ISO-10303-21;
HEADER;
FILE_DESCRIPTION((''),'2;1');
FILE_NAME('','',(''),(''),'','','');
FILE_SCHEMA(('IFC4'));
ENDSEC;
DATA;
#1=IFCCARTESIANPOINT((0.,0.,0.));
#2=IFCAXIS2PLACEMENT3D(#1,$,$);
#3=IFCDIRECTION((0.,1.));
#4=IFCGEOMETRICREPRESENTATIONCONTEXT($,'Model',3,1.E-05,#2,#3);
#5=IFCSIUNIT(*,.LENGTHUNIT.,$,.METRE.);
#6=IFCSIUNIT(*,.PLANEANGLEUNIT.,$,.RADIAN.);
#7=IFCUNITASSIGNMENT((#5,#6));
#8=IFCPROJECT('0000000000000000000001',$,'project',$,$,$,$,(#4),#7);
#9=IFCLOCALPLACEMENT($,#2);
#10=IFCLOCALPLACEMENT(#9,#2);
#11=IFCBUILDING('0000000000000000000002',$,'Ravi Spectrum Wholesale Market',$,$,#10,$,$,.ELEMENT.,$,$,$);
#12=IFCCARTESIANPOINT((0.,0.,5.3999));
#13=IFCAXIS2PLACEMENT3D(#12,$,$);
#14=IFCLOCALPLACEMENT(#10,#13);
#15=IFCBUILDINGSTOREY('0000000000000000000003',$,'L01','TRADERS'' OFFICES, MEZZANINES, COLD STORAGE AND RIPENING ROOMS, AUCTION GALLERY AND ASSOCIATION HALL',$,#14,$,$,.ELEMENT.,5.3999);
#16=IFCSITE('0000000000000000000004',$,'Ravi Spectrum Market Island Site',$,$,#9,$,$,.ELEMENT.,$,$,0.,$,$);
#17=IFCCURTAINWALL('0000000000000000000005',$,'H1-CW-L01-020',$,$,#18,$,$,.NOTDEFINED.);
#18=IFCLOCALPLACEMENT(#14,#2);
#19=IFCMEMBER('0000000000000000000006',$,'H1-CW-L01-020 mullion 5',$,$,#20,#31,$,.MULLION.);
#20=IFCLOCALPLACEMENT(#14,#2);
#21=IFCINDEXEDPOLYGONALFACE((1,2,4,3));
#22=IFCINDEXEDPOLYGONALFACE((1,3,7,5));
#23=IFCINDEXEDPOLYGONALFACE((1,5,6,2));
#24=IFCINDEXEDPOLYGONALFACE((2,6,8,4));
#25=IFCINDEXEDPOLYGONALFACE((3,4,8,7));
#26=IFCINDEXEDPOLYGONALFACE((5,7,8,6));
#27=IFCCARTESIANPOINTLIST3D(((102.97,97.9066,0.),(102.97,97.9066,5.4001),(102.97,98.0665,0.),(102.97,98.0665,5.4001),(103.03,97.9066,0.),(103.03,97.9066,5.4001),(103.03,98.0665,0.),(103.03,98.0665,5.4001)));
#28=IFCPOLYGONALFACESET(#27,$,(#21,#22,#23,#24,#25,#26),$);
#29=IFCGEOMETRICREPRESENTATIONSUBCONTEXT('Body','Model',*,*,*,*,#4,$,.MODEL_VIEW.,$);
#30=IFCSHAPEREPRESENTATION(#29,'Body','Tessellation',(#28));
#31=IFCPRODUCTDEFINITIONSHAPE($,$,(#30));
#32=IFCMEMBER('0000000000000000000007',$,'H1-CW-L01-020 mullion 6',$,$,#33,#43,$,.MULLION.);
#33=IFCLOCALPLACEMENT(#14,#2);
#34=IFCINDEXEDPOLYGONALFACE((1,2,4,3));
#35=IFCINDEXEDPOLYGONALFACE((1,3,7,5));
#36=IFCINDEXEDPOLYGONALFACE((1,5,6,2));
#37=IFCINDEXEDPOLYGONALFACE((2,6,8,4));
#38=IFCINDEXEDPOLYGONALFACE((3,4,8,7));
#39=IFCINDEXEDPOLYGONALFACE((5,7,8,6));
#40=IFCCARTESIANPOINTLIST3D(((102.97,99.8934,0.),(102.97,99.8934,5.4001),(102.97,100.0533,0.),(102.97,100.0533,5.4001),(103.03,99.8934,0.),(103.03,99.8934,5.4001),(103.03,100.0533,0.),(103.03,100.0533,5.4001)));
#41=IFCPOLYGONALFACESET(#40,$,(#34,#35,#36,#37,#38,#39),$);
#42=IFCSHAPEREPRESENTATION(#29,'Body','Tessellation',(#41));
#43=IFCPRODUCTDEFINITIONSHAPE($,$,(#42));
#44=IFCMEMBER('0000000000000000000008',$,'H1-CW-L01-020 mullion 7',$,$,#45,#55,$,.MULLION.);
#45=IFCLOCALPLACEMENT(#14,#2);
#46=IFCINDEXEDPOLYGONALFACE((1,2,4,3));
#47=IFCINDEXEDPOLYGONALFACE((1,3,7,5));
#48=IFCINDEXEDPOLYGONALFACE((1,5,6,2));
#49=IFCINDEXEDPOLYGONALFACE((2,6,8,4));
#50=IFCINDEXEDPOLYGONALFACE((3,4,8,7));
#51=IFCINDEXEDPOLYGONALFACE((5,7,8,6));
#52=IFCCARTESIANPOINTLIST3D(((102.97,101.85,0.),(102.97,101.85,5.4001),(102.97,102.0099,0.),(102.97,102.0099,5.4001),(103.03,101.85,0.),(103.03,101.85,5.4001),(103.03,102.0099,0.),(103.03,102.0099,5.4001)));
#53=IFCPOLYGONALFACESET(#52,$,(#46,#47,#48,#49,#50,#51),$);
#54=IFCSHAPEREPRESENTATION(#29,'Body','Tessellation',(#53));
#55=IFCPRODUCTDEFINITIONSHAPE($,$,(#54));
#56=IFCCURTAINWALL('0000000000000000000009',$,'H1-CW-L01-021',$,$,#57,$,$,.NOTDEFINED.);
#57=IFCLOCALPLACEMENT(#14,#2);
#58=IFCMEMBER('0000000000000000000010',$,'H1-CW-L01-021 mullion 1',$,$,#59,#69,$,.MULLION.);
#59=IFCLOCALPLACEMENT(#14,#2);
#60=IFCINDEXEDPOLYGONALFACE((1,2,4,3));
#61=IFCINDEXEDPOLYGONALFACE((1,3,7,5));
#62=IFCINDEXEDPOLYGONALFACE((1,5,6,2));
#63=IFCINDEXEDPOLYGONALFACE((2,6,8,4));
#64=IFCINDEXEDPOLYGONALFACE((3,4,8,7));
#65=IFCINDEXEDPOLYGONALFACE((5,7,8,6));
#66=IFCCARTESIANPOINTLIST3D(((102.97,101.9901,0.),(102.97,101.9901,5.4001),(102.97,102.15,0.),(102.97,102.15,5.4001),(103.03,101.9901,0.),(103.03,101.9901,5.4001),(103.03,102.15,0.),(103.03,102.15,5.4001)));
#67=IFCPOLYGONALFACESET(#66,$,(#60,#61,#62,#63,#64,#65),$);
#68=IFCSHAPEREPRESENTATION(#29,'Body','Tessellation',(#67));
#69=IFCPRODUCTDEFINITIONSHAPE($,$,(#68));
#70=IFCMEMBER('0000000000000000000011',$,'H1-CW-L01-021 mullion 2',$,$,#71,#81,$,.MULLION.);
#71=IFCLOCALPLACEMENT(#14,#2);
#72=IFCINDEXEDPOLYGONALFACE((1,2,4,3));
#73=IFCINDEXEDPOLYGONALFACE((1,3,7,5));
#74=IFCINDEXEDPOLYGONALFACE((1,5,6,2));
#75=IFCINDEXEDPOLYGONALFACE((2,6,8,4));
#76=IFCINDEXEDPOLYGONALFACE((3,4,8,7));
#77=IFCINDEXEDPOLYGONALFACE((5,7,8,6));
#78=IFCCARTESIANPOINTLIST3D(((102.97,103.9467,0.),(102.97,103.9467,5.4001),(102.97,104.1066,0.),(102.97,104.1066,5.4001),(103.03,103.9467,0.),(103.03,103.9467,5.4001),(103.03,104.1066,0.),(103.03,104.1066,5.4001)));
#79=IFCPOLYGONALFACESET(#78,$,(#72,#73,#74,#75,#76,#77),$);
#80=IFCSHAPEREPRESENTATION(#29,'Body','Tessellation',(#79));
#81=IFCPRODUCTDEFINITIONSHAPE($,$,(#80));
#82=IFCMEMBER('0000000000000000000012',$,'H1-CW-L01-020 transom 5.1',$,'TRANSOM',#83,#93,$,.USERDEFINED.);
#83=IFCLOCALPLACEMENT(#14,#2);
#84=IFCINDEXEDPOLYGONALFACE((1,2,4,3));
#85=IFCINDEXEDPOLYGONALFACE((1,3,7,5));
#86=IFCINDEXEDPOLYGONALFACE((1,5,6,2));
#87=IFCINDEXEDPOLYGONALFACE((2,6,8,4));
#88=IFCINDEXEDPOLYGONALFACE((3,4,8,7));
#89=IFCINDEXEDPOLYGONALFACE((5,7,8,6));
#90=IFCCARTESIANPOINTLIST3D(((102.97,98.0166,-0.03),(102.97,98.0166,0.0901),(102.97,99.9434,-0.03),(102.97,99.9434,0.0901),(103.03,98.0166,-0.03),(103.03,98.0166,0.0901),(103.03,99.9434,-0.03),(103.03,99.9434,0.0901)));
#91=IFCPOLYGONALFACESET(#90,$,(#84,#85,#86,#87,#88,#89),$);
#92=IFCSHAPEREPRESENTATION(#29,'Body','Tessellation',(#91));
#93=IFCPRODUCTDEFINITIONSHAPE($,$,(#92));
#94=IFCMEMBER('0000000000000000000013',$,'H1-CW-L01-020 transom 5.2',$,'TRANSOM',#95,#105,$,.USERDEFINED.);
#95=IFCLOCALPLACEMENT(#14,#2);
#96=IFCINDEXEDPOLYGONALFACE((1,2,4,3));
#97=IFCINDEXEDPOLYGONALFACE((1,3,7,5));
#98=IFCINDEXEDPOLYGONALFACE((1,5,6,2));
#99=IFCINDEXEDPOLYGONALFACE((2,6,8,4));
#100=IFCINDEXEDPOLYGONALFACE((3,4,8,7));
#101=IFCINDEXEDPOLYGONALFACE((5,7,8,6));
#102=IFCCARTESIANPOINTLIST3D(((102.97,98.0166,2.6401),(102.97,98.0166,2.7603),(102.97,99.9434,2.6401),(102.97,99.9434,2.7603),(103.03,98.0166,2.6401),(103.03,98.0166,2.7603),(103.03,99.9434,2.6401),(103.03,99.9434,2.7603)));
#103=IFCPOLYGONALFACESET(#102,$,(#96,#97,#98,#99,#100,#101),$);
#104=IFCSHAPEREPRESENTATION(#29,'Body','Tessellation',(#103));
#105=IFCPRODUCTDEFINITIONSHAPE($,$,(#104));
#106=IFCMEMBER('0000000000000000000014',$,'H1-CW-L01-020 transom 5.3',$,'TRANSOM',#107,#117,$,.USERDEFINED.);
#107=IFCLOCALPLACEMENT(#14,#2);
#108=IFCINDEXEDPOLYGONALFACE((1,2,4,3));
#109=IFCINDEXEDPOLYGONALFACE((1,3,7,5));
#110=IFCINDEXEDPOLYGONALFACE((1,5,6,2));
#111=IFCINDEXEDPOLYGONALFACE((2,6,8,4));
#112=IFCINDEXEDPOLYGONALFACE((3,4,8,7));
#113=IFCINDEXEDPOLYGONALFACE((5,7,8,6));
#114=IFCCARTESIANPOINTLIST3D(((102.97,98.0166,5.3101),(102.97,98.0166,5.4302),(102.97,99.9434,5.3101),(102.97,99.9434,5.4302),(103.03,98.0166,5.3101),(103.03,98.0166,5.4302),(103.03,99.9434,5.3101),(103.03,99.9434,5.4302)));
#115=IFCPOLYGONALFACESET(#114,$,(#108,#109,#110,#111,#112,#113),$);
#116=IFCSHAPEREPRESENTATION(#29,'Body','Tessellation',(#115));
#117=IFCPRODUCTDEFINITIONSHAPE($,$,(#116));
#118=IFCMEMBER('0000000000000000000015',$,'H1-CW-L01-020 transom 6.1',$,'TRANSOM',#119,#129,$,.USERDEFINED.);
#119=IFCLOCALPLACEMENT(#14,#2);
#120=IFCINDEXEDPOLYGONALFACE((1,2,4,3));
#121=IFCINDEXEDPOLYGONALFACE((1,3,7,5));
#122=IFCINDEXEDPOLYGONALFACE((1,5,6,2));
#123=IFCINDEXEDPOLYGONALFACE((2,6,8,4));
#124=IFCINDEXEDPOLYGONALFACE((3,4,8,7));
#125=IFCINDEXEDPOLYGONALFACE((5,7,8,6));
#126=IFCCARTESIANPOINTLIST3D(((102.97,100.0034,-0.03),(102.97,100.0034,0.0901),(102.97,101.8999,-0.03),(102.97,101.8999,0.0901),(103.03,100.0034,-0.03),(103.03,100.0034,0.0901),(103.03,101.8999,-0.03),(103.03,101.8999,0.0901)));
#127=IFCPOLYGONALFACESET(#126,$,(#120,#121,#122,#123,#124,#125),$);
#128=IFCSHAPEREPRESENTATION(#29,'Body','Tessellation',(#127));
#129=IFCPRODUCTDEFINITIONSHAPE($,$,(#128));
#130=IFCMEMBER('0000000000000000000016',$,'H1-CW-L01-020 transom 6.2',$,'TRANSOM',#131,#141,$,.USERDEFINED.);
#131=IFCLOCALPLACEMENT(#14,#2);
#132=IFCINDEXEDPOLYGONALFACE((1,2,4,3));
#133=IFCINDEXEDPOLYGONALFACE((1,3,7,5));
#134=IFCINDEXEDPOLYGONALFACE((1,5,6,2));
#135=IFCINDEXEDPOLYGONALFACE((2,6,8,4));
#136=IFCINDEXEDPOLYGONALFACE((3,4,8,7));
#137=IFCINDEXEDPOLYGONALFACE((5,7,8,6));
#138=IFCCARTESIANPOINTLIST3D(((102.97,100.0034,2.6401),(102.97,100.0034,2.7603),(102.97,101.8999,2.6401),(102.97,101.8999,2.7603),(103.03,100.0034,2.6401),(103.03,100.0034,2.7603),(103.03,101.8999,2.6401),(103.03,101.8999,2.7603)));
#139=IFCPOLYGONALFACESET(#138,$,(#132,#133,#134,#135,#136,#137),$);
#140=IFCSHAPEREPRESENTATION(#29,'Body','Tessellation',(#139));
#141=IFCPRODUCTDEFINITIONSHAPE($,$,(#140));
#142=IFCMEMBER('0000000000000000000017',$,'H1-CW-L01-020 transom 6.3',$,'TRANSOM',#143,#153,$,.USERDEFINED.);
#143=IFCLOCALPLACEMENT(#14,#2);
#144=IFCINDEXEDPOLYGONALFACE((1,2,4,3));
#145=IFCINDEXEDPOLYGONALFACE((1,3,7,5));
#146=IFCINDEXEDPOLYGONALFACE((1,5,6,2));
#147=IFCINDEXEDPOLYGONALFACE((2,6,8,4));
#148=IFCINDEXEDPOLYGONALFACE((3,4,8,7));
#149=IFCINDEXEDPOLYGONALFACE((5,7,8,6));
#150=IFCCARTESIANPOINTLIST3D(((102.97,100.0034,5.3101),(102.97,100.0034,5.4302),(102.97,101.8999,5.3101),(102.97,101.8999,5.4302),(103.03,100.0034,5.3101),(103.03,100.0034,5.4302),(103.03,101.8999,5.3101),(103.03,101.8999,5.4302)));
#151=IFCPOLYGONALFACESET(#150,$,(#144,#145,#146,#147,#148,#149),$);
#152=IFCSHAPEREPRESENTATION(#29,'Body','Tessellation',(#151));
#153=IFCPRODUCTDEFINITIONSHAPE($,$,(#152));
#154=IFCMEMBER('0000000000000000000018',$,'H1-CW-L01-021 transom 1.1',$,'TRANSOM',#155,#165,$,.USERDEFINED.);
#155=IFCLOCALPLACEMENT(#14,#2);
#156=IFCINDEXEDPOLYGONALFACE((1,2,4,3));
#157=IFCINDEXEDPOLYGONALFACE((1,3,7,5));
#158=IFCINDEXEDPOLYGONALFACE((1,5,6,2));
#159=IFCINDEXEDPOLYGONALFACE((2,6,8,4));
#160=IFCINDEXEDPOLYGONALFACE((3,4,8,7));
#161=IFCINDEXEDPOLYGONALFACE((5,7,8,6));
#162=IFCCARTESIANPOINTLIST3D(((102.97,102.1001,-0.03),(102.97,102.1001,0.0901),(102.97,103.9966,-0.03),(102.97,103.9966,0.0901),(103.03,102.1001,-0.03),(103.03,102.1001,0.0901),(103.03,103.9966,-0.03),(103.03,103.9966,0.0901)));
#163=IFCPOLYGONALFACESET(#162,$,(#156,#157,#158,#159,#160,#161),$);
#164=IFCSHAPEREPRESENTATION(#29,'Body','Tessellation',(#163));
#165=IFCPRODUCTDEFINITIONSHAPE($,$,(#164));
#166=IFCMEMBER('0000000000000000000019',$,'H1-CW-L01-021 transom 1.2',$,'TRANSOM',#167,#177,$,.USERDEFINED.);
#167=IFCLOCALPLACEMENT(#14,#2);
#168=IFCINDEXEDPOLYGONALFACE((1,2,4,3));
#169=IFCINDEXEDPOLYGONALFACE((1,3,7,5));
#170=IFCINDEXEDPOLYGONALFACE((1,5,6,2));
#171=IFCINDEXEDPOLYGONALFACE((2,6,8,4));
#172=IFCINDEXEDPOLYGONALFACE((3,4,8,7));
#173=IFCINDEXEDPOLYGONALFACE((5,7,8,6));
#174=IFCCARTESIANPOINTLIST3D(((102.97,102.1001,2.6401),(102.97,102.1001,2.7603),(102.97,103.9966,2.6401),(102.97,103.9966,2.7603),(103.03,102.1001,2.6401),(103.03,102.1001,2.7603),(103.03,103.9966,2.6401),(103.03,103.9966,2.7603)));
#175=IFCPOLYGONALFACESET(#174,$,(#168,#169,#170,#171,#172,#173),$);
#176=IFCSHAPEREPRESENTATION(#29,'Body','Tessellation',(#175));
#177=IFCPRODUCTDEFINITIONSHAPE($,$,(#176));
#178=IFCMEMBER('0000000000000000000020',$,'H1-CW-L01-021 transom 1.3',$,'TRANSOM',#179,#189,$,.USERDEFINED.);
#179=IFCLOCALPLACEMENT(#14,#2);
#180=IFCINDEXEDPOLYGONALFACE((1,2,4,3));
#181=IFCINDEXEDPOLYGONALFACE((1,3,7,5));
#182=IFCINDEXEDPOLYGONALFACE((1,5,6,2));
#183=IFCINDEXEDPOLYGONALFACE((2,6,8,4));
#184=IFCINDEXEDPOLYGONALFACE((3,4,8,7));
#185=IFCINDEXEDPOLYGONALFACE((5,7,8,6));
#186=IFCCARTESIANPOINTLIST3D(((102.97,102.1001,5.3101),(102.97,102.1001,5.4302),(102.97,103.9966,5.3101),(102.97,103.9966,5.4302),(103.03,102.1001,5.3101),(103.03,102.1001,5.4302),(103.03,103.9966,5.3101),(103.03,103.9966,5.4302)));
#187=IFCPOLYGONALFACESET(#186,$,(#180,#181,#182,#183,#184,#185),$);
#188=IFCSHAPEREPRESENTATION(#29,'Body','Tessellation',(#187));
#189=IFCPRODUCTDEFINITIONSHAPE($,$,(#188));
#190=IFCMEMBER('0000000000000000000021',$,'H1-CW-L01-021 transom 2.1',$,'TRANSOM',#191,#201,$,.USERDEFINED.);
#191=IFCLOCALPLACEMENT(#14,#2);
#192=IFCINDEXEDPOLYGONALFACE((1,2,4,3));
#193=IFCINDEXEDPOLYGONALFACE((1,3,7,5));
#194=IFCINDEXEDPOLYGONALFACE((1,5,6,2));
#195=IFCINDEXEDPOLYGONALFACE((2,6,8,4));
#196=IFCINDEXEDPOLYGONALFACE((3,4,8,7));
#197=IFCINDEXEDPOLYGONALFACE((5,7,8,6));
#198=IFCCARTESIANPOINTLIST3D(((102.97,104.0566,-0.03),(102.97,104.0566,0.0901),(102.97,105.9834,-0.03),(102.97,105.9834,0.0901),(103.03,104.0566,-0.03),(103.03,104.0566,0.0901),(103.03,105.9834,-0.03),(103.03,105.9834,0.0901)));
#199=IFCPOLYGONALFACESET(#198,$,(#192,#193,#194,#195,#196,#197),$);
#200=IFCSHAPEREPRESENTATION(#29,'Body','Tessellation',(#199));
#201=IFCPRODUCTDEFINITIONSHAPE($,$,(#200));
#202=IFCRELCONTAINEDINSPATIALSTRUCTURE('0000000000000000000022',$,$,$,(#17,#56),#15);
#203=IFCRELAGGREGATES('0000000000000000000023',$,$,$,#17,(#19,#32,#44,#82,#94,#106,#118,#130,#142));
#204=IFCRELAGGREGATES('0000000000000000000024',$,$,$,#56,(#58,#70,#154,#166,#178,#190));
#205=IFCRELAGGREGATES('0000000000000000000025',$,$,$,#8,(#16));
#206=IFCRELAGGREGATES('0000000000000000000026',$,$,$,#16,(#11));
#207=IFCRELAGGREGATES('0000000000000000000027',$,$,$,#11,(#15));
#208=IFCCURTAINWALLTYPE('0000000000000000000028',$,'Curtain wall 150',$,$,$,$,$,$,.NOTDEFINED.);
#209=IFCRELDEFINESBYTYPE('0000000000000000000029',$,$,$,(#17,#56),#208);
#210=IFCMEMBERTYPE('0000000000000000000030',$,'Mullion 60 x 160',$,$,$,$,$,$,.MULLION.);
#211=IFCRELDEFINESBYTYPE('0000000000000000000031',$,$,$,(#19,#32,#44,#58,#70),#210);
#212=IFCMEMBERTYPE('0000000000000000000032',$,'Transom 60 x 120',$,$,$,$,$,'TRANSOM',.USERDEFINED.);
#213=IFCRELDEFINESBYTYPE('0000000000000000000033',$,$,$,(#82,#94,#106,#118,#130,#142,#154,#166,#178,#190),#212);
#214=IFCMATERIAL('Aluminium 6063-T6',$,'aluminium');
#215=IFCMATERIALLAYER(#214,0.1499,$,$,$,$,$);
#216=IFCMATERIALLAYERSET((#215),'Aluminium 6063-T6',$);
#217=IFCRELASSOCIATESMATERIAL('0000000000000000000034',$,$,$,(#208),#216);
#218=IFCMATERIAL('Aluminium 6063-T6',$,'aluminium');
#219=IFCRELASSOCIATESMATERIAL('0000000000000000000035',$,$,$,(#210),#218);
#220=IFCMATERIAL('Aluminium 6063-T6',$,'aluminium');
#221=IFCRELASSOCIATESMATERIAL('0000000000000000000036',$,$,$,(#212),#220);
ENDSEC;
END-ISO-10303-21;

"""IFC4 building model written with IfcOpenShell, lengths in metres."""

from ifc_helpers import new_model, si_unit, direction, frame, origin, origin_2d, place, context, subcontext, project, spatial, rectangle, extrude, material, layer, layer_set, material_profile, profile_set, type_object, element, aggregate, save


model = new_model("IFC4")

# Units and contexts
model_context = context("Model", 3, precision=1e-05, world=origin(), true_north=direction((0.0, 1.0)))
body_context = subcontext(model_context, "Body", "Model", "MODEL_VIEW")
ifc_project = project(units=[si_unit("LENGTHUNIT", "METRE"), si_unit("PLANEANGLEUNIT", "RADIAN")], contexts=[model_context])

# Site, building, storey
site_placement = place(None, origin())
site = spatial("IfcSite", under=ifc_project, at=site_placement, Name="Ravi Spectrum Market Island Site", CompositionType="ELEMENT", RefElevation=0.0)
building_placement = place(site_placement, origin())
building = spatial("IfcBuilding", under=site, at=building_placement, Name="Ravi Spectrum Wholesale Market", CompositionType="ELEMENT")
storey_placement = place(building_placement, frame((0.0, 0.0, 5.3999)))
storey = spatial("IfcBuildingStorey", under=building, at=storey_placement, Name="L01", Description="TRADERS' OFFICES, MEZZANINES, COLD STORAGE AND RIPENING ROOMS, AUCTION GALLERY AND ASSOCIATION HALL", CompositionType="ELEMENT", Elevation=5.3999)

# Curtain walls, members
ifc_material_1 = material(Name="Aluminium 6063-T6", Category="aluminium")
ifc_layer_1 = layer(ifc_material_1, 0.1499)
ifc_layer_set_1 = layer_set([ifc_layer_1], Name="Aluminium 6063-T6")
curtain_wall_type = type_object("IfcCurtainWallType", Name="Curtain wall 150", PredefinedType="NOTDEFINED", material=ifc_layer_set_1)
curtain_wall_1_placement = place(storey_placement, origin())
curtain_wall_1 = element("IfcCurtainWall", 1, at=curtain_wall_1_placement, inside=storey, type_object=curtain_wall_type, Name="H1-CW-L01-020", PredefinedType="NOTDEFINED")
ifc_material_2 = material(Name="Aluminium 6063-T6", Category="aluminium")
ifc_material_profile_1 = material_profile(ifc_material_2, rectangle(XDim=0.0601, YDim=0.1599, at=origin_2d()))
ifc_profile_set_1 = profile_set([ifc_material_profile_1], Name="Aluminium 6063-T6")
member_type_1 = type_object("IfcMemberType", Name="Mullion 60 x 160", PredefinedType="MULLION", material=ifc_profile_set_1)
member_1_placement = place(storey_placement, frame((103.0, 97.9866, 0.0), z_axis=(0.0, 0.0, 1.0), x_axis=(-1.0, 0.0, 0.0)))
member_1 = element("IfcMember", 2, at=member_1_placement, type_object=member_type_1, Name="H1-CW-L01-020 mullion 5", PredefinedType="MULLION", context=body_context, shape_type="SweptSolid", body=[
    extrude(rectangle(XDim=0.0601, YDim=0.1599, at=origin_2d()), origin(), (0.0, 0.0, 1.0), 5.4001),
])
member_2_placement = place(storey_placement, frame((103.0, 99.9734, 0.0), z_axis=(0.0, 0.0, 1.0), x_axis=(-1.0, 0.0, 0.0)))
member_2 = element("IfcMember", 3, at=member_2_placement, type_object=member_type_1, Name="H1-CW-L01-020 mullion 6", PredefinedType="MULLION", context=body_context, shape_type="SweptSolid", body=[
    extrude(rectangle(XDim=0.0601, YDim=0.1599, at=origin_2d()), origin(), (0.0, 0.0, 1.0), 5.4001),
])
member_3_placement = place(storey_placement, frame((103.0, 101.9299, 0.0), z_axis=(0.0, 0.0, 1.0), x_axis=(-1.0, 0.0, 0.0)))
member_3 = element("IfcMember", 4, at=member_3_placement, type_object=member_type_1, Name="H1-CW-L01-020 mullion 7", PredefinedType="MULLION", context=body_context, shape_type="SweptSolid", body=[
    extrude(rectangle(XDim=0.0601, YDim=0.1599, at=origin_2d()), origin(), (0.0, 0.0, 1.0), 5.4001),
])
curtain_wall_2_placement = place(storey_placement, origin())
curtain_wall_2 = element("IfcCurtainWall", 5, at=curtain_wall_2_placement, inside=storey, type_object=curtain_wall_type, Name="H1-CW-L01-021", PredefinedType="NOTDEFINED")
member_4_placement = place(storey_placement, frame((103.0, 102.0701, 0.0), z_axis=(0.0, 0.0, 1.0), x_axis=(-1.0, 0.0, 0.0)))
member_4 = element("IfcMember", 6, at=member_4_placement, type_object=member_type_1, Name="H1-CW-L01-021 mullion 1", PredefinedType="MULLION", context=body_context, shape_type="SweptSolid", body=[
    extrude(rectangle(XDim=0.0601, YDim=0.1599, at=origin_2d()), origin(), (0.0, 0.0, 1.0), 5.4001),
])
member_5_placement = place(storey_placement, frame((103.0, 104.0266, 0.0), z_axis=(0.0, 0.0, 1.0), x_axis=(-1.0, 0.0, 0.0)))
member_5 = element("IfcMember", 7, at=member_5_placement, type_object=member_type_1, Name="H1-CW-L01-021 mullion 2", PredefinedType="MULLION", context=body_context, shape_type="SweptSolid", body=[
    extrude(rectangle(XDim=0.0601, YDim=0.1599, at=origin_2d()), origin(), (0.0, 0.0, 1.0), 5.4001),
])

# Members
ifc_material_3 = material(Name="Aluminium 6063-T6", Category="aluminium")
ifc_material_profile_2 = material_profile(ifc_material_3, rectangle(XDim=0.0601, YDim=0.1201, at=origin_2d()))
ifc_profile_set_2 = profile_set([ifc_material_profile_2], Name="Aluminium 6063-T6")
member_type_2 = type_object("IfcMemberType", Name="Transom 60 x 120", ElementType="TRANSOM", PredefinedType="USERDEFINED", material=ifc_profile_set_2)
member_6_placement = place(storey_placement, frame((103.0, 98.0166, 0.03), z_axis=(0.0, 1.0, 0.0), x_axis=(-1.0, 0.0, 0.0)))
member_6 = element("IfcMember", 8, at=member_6_placement, type_object=member_type_2, Name="H1-CW-L01-020 transom 5.1", ObjectType="TRANSOM", PredefinedType="USERDEFINED", context=body_context, shape_type="SweptSolid", body=[
    extrude(rectangle(XDim=0.0601, YDim=0.1201, at=origin_2d()), origin(), (0.0, 0.0, 1.0), 1.9268),
])
member_7_placement = place(storey_placement, frame((103.0, 98.0166, 2.7002), z_axis=(0.0, 1.0, 0.0), x_axis=(-1.0, 0.0, 0.0)))
member_7 = element("IfcMember", 9, at=member_7_placement, type_object=member_type_2, Name="H1-CW-L01-020 transom 5.2", ObjectType="TRANSOM", PredefinedType="USERDEFINED", context=body_context, shape_type="SweptSolid", body=[
    extrude(rectangle(XDim=0.0601, YDim=0.1201, at=origin_2d()), origin(), (0.0, 0.0, 1.0), 1.9268),
])
member_8_placement = place(storey_placement, frame((103.0, 98.0166, 5.3701), z_axis=(0.0, 1.0, 0.0), x_axis=(-1.0, 0.0, 0.0)))
member_8 = element("IfcMember", 10, at=member_8_placement, type_object=member_type_2, Name="H1-CW-L01-020 transom 5.3", ObjectType="TRANSOM", PredefinedType="USERDEFINED", context=body_context, shape_type="SweptSolid", body=[
    extrude(rectangle(XDim=0.0601, YDim=0.1201, at=origin_2d()), origin(), (0.0, 0.0, 1.0), 1.9268),
])
member_9_placement = place(storey_placement, frame((103.0, 100.0034, 0.03), z_axis=(0.0, 1.0, 0.0), x_axis=(-1.0, 0.0, 0.0)))
member_9 = element("IfcMember", 11, at=member_9_placement, type_object=member_type_2, Name="H1-CW-L01-020 transom 6.1", ObjectType="TRANSOM", PredefinedType="USERDEFINED", context=body_context, shape_type="SweptSolid", body=[
    extrude(rectangle(XDim=0.0601, YDim=0.1201, at=origin_2d()), origin(), (0.0, 0.0, 1.0), 1.8965),
])
member_10_placement = place(storey_placement, frame((103.0, 100.0034, 2.7002), z_axis=(0.0, 1.0, 0.0), x_axis=(-1.0, 0.0, 0.0)))
member_10 = element("IfcMember", 12, at=member_10_placement, type_object=member_type_2, Name="H1-CW-L01-020 transom 6.2", ObjectType="TRANSOM", PredefinedType="USERDEFINED", context=body_context, shape_type="SweptSolid", body=[
    extrude(rectangle(XDim=0.0601, YDim=0.1201, at=origin_2d()), origin(), (0.0, 0.0, 1.0), 1.8965),
])
member_11_placement = place(storey_placement, frame((103.0, 100.0034, 5.3701), z_axis=(0.0, 1.0, 0.0), x_axis=(-1.0, 0.0, 0.0)))
member_11 = element("IfcMember", 13, at=member_11_placement, type_object=member_type_2, Name="H1-CW-L01-020 transom 6.3", ObjectType="TRANSOM", PredefinedType="USERDEFINED", context=body_context, shape_type="SweptSolid", body=[
    extrude(rectangle(XDim=0.0601, YDim=0.1201, at=origin_2d()), origin(), (0.0, 0.0, 1.0), 1.8965),
])
member_12_placement = place(storey_placement, frame((103.0, 102.1001, 0.03), z_axis=(0.0, 1.0, 0.0), x_axis=(-1.0, 0.0, 0.0)))
member_12 = element("IfcMember", 14, at=member_12_placement, type_object=member_type_2, Name="H1-CW-L01-021 transom 1.1", ObjectType="TRANSOM", PredefinedType="USERDEFINED", context=body_context, shape_type="SweptSolid", body=[
    extrude(rectangle(XDim=0.0601, YDim=0.1201, at=origin_2d()), origin(), (0.0, 0.0, 1.0), 1.8965),
])
member_13_placement = place(storey_placement, frame((103.0, 102.1001, 2.7002), z_axis=(0.0, 1.0, 0.0), x_axis=(-1.0, 0.0, 0.0)))
member_13 = element("IfcMember", 15, at=member_13_placement, type_object=member_type_2, Name="H1-CW-L01-021 transom 1.2", ObjectType="TRANSOM", PredefinedType="USERDEFINED", context=body_context, shape_type="SweptSolid", body=[
    extrude(rectangle(XDim=0.0601, YDim=0.1201, at=origin_2d()), origin(), (0.0, 0.0, 1.0), 1.8965),
])
member_14_placement = place(storey_placement, frame((103.0, 102.1001, 5.3701), z_axis=(0.0, 1.0, 0.0), x_axis=(-1.0, 0.0, 0.0)))
member_14 = element("IfcMember", 16, at=member_14_placement, type_object=member_type_2, Name="H1-CW-L01-021 transom 1.3", ObjectType="TRANSOM", PredefinedType="USERDEFINED", context=body_context, shape_type="SweptSolid", body=[
    extrude(rectangle(XDim=0.0601, YDim=0.1201, at=origin_2d()), origin(), (0.0, 0.0, 1.0), 1.8965),
])
member_15_placement = place(storey_placement, frame((103.0, 104.0566, 0.03), z_axis=(0.0, 1.0, 0.0), x_axis=(-1.0, 0.0, 0.0)))
member_15 = element("IfcMember", 17, at=member_15_placement, type_object=member_type_2, Name="H1-CW-L01-021 transom 2.1", ObjectType="TRANSOM", PredefinedType="USERDEFINED", context=body_context, shape_type="SweptSolid", body=[
    extrude(rectangle(XDim=0.0601, YDim=0.1201, at=origin_2d()), origin(), (0.0, 0.0, 1.0), 1.9268),
])

aggregate(curtain_wall_1, [member_1, member_2, member_3, member_6, member_7, member_8, member_9, member_10, member_11])
aggregate(curtain_wall_2, [member_4, member_5, member_12, member_13, member_14, member_15])

save(model, "model.ifc")
